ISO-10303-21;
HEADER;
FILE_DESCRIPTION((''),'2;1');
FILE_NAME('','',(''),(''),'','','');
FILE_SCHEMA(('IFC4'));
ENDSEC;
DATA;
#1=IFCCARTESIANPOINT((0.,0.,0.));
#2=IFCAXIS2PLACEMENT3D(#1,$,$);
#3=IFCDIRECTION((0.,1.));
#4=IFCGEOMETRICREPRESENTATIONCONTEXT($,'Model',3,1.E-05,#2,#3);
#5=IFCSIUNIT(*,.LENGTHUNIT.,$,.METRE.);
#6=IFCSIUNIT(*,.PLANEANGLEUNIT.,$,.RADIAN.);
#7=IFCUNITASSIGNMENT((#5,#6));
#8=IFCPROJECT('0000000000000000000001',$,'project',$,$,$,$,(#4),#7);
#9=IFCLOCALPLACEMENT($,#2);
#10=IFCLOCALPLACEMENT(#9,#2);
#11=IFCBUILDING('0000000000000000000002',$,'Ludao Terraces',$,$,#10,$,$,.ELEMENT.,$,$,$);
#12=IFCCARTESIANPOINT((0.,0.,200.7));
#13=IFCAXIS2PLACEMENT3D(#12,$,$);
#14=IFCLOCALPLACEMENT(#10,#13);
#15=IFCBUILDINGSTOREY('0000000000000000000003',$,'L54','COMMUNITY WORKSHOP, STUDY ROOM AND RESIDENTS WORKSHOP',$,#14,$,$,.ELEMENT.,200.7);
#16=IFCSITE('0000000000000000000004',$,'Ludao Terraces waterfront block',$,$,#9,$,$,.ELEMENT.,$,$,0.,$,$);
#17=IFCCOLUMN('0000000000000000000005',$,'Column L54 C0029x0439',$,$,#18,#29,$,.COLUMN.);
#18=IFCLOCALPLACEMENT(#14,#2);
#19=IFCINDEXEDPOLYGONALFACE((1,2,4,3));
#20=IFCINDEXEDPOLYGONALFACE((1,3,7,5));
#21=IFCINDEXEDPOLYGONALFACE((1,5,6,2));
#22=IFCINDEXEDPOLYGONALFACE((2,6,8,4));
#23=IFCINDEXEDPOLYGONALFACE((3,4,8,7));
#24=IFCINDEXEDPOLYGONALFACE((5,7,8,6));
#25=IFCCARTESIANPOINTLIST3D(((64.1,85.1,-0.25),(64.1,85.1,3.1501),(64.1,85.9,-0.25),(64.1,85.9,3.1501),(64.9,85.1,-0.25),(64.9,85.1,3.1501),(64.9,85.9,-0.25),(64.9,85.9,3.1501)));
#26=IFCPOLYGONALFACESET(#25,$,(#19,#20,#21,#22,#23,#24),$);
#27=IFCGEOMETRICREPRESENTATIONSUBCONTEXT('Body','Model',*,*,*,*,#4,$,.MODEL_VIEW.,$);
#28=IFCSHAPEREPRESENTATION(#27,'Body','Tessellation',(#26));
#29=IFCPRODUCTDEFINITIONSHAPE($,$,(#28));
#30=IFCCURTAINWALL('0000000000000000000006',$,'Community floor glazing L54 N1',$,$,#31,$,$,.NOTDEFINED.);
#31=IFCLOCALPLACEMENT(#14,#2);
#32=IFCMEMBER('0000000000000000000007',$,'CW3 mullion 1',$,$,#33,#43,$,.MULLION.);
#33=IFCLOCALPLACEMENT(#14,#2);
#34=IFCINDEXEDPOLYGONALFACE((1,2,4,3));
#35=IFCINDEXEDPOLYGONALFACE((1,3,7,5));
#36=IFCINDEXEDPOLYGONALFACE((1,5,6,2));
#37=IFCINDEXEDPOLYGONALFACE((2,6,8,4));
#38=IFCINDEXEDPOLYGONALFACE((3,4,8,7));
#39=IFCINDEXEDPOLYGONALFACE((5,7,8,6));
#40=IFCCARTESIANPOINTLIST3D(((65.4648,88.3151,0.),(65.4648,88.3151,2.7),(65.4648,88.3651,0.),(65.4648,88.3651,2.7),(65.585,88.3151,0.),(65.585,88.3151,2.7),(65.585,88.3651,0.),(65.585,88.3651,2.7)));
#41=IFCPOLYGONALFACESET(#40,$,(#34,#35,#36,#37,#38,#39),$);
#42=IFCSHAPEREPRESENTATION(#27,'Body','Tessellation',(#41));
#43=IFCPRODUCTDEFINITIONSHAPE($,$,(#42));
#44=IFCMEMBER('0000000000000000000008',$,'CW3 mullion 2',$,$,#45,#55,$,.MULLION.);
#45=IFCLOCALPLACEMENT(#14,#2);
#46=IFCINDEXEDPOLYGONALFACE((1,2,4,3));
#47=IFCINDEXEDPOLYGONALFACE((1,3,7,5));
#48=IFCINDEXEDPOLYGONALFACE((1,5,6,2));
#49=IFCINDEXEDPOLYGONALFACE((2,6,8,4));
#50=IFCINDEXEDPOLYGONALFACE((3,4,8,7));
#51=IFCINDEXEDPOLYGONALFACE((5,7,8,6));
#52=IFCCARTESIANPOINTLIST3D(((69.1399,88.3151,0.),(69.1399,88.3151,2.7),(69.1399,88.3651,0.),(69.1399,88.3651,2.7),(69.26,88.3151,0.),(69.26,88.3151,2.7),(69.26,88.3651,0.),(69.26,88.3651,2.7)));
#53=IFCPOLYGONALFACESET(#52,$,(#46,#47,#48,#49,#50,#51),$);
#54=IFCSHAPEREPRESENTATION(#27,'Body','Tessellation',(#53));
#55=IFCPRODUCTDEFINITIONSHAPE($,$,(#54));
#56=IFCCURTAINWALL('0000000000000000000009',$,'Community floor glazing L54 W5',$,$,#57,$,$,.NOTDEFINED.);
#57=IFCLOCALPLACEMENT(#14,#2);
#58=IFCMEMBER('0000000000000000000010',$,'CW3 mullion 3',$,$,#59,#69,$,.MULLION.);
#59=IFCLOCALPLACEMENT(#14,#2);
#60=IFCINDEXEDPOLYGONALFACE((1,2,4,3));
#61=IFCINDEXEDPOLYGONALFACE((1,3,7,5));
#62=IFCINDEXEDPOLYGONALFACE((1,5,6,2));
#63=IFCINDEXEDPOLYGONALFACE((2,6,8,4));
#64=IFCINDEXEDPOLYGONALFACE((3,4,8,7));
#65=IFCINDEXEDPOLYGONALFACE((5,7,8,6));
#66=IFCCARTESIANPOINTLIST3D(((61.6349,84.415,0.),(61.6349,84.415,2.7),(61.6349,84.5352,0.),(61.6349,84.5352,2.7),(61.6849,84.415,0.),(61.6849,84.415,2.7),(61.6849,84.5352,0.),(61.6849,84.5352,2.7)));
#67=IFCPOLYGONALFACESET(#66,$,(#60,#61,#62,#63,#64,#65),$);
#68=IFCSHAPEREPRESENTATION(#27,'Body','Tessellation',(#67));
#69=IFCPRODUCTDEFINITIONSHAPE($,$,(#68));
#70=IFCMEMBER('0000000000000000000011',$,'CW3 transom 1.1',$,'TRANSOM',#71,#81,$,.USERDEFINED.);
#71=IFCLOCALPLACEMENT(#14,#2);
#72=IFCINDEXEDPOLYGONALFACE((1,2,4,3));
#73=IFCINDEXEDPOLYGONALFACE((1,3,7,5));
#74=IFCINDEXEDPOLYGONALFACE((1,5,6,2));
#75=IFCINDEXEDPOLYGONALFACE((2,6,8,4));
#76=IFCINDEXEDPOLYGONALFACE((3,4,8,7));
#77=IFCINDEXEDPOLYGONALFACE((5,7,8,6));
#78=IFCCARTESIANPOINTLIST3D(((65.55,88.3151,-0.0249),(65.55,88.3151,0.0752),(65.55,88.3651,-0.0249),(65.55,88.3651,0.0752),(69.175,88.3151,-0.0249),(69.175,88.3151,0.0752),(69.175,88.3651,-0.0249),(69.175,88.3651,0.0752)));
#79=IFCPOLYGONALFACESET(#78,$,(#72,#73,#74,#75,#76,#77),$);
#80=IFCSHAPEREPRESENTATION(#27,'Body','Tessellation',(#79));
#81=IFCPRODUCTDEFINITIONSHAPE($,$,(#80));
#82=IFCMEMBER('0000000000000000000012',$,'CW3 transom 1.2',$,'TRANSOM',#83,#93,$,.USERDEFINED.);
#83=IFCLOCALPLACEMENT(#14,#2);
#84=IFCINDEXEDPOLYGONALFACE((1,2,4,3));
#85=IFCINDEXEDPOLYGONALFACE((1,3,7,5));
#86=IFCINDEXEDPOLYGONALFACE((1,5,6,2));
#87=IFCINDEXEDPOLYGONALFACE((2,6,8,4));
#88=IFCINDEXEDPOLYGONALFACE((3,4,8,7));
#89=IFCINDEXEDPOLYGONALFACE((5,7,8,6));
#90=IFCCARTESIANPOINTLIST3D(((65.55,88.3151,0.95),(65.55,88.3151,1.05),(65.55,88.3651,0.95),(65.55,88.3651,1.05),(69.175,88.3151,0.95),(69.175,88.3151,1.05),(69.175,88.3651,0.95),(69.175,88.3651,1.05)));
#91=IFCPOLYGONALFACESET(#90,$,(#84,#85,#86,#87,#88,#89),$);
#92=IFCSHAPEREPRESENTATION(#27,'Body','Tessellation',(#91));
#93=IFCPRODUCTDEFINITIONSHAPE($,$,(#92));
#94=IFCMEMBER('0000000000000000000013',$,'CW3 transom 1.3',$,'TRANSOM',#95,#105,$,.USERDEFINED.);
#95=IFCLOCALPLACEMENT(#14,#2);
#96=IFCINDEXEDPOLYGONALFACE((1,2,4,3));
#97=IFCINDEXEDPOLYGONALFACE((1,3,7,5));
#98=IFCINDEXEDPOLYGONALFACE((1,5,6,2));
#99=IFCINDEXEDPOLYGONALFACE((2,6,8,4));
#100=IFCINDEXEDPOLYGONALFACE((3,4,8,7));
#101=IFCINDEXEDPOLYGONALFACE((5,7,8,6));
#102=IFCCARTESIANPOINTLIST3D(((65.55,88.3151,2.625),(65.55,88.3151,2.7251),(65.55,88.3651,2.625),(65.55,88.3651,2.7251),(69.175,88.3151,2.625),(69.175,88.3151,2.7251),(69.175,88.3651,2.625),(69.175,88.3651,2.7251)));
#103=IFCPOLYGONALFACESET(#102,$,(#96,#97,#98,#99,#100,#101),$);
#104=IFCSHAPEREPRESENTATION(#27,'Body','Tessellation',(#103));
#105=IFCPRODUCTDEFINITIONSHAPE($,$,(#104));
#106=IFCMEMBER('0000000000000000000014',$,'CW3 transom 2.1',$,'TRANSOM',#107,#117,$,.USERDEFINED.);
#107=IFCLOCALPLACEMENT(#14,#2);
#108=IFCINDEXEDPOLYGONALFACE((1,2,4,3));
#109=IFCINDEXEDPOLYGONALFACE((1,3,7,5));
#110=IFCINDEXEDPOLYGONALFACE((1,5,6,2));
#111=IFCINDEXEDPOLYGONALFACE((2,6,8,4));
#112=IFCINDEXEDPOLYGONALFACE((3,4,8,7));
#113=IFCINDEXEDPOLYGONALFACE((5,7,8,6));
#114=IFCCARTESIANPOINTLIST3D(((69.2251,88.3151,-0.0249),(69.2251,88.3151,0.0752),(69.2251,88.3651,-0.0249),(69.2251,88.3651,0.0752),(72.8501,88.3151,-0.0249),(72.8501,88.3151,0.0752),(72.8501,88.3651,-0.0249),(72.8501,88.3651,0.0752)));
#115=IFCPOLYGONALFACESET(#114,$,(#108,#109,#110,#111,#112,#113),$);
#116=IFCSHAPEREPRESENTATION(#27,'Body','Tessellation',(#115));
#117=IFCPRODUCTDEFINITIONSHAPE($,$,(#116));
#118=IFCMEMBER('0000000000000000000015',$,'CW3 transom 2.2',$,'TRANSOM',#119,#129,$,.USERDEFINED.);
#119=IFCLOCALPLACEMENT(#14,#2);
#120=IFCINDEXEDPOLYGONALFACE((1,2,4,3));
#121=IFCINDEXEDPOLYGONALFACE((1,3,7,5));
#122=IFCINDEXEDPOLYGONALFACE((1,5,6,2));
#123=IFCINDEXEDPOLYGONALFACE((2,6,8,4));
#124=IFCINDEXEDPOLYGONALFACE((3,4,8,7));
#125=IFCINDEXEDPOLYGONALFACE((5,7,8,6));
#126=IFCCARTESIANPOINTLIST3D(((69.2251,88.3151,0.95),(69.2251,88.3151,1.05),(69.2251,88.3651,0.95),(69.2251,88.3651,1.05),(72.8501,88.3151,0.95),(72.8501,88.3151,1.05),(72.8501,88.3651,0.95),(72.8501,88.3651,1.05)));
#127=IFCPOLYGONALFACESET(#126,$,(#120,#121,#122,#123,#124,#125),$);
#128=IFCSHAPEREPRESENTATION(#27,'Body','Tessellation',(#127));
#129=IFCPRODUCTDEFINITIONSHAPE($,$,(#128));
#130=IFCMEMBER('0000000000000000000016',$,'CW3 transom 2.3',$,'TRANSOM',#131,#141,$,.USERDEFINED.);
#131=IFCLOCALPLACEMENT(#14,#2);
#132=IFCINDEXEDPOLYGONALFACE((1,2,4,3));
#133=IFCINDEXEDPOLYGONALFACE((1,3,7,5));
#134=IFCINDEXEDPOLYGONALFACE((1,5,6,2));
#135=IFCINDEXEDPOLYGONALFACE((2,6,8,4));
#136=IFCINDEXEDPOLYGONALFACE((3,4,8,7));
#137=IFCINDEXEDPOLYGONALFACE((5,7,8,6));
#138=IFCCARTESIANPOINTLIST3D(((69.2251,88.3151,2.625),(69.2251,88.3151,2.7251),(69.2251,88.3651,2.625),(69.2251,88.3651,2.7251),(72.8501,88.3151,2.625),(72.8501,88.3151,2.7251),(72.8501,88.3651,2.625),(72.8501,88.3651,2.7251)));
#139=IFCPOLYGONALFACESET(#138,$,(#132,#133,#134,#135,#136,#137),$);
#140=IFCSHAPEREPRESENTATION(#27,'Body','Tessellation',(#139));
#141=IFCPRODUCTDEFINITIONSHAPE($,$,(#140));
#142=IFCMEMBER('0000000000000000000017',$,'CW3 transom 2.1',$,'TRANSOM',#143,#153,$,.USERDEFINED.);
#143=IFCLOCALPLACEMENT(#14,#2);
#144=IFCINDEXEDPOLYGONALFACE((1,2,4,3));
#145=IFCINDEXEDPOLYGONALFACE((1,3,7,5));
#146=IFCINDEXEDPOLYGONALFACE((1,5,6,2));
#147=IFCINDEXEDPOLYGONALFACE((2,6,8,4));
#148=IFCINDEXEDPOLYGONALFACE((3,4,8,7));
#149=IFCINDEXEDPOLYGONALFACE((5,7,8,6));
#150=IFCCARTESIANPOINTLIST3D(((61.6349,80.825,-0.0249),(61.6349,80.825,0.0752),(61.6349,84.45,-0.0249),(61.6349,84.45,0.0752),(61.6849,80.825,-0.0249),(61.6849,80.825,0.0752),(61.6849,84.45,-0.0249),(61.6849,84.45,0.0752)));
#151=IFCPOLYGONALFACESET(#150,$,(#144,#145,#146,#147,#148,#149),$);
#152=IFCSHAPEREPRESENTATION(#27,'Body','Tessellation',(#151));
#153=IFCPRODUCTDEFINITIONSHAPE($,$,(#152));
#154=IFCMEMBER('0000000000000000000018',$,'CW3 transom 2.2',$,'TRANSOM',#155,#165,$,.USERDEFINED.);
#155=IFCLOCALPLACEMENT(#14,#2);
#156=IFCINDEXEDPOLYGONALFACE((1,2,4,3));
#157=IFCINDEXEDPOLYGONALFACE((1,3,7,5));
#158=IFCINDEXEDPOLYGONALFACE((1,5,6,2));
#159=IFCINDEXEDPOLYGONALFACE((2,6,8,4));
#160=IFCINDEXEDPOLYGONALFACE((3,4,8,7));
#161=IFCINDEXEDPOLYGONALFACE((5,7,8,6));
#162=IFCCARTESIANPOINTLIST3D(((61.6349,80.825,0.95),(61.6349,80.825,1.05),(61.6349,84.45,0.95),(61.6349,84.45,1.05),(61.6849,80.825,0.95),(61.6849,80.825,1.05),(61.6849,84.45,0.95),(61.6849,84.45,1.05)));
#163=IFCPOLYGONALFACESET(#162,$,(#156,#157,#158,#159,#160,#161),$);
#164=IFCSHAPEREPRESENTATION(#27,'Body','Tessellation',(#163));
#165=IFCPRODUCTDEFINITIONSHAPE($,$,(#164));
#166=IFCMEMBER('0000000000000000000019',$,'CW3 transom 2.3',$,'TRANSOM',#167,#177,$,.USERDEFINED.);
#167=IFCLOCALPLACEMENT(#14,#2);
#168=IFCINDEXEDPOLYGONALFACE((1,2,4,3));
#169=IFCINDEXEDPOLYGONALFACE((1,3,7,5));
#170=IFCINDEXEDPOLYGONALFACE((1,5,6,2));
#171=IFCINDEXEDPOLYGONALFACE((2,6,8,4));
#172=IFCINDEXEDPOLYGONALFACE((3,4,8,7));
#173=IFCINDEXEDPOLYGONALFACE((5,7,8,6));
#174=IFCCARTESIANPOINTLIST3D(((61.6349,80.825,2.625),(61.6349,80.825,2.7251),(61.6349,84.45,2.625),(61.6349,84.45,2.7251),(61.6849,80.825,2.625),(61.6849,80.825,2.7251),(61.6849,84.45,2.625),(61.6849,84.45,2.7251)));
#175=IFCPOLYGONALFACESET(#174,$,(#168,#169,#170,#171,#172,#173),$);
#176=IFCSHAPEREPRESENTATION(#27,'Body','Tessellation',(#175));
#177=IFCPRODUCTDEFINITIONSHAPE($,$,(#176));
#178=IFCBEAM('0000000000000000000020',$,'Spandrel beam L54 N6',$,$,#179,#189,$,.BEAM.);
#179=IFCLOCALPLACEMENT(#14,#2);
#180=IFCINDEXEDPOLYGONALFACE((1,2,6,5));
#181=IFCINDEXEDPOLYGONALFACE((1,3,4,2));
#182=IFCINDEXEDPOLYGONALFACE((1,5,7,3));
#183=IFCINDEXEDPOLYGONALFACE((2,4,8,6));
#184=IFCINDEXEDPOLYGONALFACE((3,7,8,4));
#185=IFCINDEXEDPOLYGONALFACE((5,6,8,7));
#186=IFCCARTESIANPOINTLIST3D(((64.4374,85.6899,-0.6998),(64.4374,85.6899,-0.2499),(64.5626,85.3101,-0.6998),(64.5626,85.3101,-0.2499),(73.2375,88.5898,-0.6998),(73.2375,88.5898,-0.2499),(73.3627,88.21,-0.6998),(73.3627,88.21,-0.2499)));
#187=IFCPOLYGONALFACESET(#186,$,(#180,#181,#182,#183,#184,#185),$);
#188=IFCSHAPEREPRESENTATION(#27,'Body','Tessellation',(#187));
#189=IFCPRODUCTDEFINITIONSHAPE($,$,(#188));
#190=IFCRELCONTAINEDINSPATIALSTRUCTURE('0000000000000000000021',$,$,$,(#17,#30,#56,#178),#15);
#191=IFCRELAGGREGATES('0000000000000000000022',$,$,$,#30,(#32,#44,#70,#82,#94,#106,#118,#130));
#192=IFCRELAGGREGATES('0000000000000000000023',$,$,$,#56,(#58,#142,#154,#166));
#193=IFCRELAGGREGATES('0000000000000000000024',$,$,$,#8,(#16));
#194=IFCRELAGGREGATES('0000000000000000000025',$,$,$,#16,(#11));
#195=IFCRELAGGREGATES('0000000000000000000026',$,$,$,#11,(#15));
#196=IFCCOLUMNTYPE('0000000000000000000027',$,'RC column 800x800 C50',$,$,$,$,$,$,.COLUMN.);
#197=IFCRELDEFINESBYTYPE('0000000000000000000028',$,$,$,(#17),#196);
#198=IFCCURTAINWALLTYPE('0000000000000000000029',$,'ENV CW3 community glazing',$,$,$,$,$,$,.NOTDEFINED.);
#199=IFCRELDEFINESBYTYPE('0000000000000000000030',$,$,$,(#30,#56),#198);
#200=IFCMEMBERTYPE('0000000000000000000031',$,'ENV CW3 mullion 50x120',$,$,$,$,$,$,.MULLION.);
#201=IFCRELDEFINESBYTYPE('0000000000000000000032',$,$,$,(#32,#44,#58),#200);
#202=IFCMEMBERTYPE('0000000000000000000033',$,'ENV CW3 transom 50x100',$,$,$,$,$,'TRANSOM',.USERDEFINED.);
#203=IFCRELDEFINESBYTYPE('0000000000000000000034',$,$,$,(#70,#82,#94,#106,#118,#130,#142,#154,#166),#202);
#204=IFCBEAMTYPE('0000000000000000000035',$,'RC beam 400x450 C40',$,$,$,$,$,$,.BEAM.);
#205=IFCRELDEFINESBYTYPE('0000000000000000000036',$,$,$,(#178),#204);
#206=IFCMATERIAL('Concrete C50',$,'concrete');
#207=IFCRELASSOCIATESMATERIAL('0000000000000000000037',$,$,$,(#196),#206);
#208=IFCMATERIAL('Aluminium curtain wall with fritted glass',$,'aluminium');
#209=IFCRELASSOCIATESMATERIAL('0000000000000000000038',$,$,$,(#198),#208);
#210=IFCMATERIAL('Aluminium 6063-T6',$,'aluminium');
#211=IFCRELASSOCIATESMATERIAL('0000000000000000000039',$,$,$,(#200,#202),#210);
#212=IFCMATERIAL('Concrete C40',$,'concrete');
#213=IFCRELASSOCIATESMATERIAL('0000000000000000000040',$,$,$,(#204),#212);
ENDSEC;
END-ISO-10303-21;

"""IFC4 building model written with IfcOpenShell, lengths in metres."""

from ifc_helpers import new_model, si_unit, direction, frame, origin, origin_2d, place, context, subcontext, project, spatial, rectangle, extrude, material, material_profile, profile_set, type_object, element, aggregate, save


model = new_model("IFC4")

# Units and contexts
model_context = context("Model", 3, precision=1e-05, world=origin(), true_north=direction((0.0, 1.0)))
body_context = subcontext(model_context, "Body", "Model", "MODEL_VIEW")
ifc_project = project(units=[si_unit("LENGTHUNIT", "METRE"), si_unit("PLANEANGLEUNIT", "RADIAN")], contexts=[model_context])

# Site, building, storey
site_placement = place(None, origin())
site = spatial("IfcSite", under=ifc_project, at=site_placement, Name="Ludao Terraces waterfront block", CompositionType="ELEMENT", RefElevation=0.0)
building_placement = place(site_placement, origin())
building = spatial("IfcBuilding", under=site, at=building_placement, Name="Ludao Terraces", CompositionType="ELEMENT")
storey_placement = place(building_placement, frame((0.0, 0.0, 200.7)))
storey = spatial("IfcBuildingStorey", under=building, at=storey_placement, Name="L54", Description="COMMUNITY WORKSHOP, STUDY ROOM AND RESIDENTS WORKSHOP", CompositionType="ELEMENT", Elevation=200.7)

# Column
ifc_material_1 = material(Name="Concrete C50", Category="concrete")
ifc_material_profile_1 = material_profile(ifc_material_1, rectangle(XDim=0.8, YDim=0.8, at=origin_2d()), Name="800 X 800")
ifc_profile_set_1 = profile_set([ifc_material_profile_1], Name="Concrete C50")
column_type = type_object("IfcColumnType", Name="RC column 800x800 C50", PredefinedType="COLUMN", material=ifc_profile_set_1)
column_placement = place(storey_placement, frame((64.5, 85.5, -0.25), z_axis=(0.0, 0.0, 1.0), x_axis=(1.0, 0.0, 0.0)))
element("IfcColumn", 1, at=column_placement, inside=storey, type_object=column_type, Name="Column L54 C0029x0439", PredefinedType="COLUMN", context=body_context, shape_type="SweptSolid", body=[
    extrude(rectangle(XDim=0.8, YDim=0.8, at=origin_2d()), origin(), (0.0, 0.0, 1.0), 3.4001),
])

# Curtain wall, members
ifc_material_2 = material(Name="Aluminium curtain wall with fritted glass", Category="aluminium")
curtain_wall_type = type_object("IfcCurtainWallType", Name="ENV CW3 community glazing", PredefinedType="NOTDEFINED", material=ifc_material_2)
curtain_wall_1_placement = place(storey_placement, origin())
curtain_wall_1 = element("IfcCurtainWall", 2, at=curtain_wall_1_placement, inside=storey, type_object=curtain_wall_type, Name="Community floor glazing L54 N1", PredefinedType="NOTDEFINED")
ifc_material_3 = material(Name="Aluminium 6063-T6", Category="aluminium")
ifc_material_profile_2 = material_profile(ifc_material_3, rectangle(XDim=0.05, YDim=0.1201, at=origin_2d()), Name="50 X 120")
ifc_profile_set_2 = profile_set([ifc_material_profile_2], Name="Aluminium 6063-T6")
member_type_1 = type_object("IfcMemberType", Name="ENV CW3 mullion 50x120", PredefinedType="MULLION", material=ifc_profile_set_2)
member_1_placement = place(storey_placement, frame((65.5249, 88.3401, 0.0), z_axis=(0.0, 0.0, 1.0), x_axis=(0.0, 1.0, 0.0)))
member_1 = element("IfcMember", 3, at=member_1_placement, type_object=member_type_1, Name="CW3 mullion 1", PredefinedType="MULLION", context=body_context, shape_type="SweptSolid", body=[
    extrude(rectangle(XDim=0.05, YDim=0.1201, at=origin_2d()), origin(), (0.0, 0.0, 1.0), 2.7),
])
member_2_placement = place(storey_placement, frame((69.2, 88.3401, 0.0), z_axis=(0.0, 0.0, 1.0), x_axis=(0.0, 1.0, 0.0)))
member_2 = element("IfcMember", 4, at=member_2_placement, type_object=member_type_1, Name="CW3 mullion 2", PredefinedType="MULLION", context=body_context, shape_type="SweptSolid", body=[
    extrude(rectangle(XDim=0.05, YDim=0.1201, at=origin_2d()), origin(), (0.0, 0.0, 1.0), 2.7),
])

# Curtain wall, member
curtain_wall_2_placement = place(storey_placement, origin())
curtain_wall_2 = element("IfcCurtainWall", 5, at=curtain_wall_2_placement, inside=storey, type_object=curtain_wall_type, Name="Community floor glazing L54 W5", PredefinedType="NOTDEFINED")
member_3_placement = place(storey_placement, frame((61.6599, 84.4751, 0.0), z_axis=(0.0, 0.0, 1.0), x_axis=(-1.0, 0.0, 0.0)))
member_3 = element("IfcMember", 6, at=member_3_placement, type_object=member_type_1, Name="CW3 mullion 3", PredefinedType="MULLION", context=body_context, shape_type="SweptSolid", body=[
    extrude(rectangle(XDim=0.05, YDim=0.1201, at=origin_2d()), origin(), (0.0, 0.0, 1.0), 2.7),
])

# Members
ifc_material_profile_3 = material_profile(ifc_material_3, rectangle(XDim=0.05, YDim=0.1001, at=origin_2d()), Name="50 X 100")
ifc_profile_set_3 = profile_set([ifc_material_profile_3], Name="Aluminium 6063-T6")
member_type_2 = type_object("IfcMemberType", Name="ENV CW3 transom 50x100", ElementType="TRANSOM", PredefinedType="USERDEFINED", material=ifc_profile_set_3)
member_4_placement = place(storey_placement, frame((65.55, 88.3401, 0.0251), z_axis=(1.0, 0.0, 0.0), x_axis=(0.0, 1.0, 0.0)))
member_4 = element("IfcMember", 7, at=member_4_placement, type_object=member_type_2, Name="CW3 transom 1.1", ObjectType="TRANSOM", PredefinedType="USERDEFINED", context=body_context, shape_type="SweptSolid", body=[
    extrude(rectangle(XDim=0.05, YDim=0.1001, at=origin_2d()), origin(), (0.0, 0.0, 1.0), 3.625),
])
member_5_placement = place(storey_placement, frame((65.55, 88.3401, 1.0), z_axis=(1.0, 0.0, 0.0), x_axis=(0.0, 1.0, 0.0)))
member_5 = element("IfcMember", 8, at=member_5_placement, type_object=member_type_2, Name="CW3 transom 1.2", ObjectType="TRANSOM", PredefinedType="USERDEFINED", context=body_context, shape_type="SweptSolid", body=[
    extrude(rectangle(XDim=0.05, YDim=0.1001, at=origin_2d()), origin(), (0.0, 0.0, 1.0), 3.625),
])
member_6_placement = place(storey_placement, frame((65.55, 88.3401, 2.675), z_axis=(1.0, 0.0, 0.0), x_axis=(0.0, 1.0, 0.0)))
member_6 = element("IfcMember", 9, at=member_6_placement, type_object=member_type_2, Name="CW3 transom 1.3", ObjectType="TRANSOM", PredefinedType="USERDEFINED", context=body_context, shape_type="SweptSolid", body=[
    extrude(rectangle(XDim=0.05, YDim=0.1001, at=origin_2d()), origin(), (0.0, 0.0, 1.0), 3.625),
])
member_7_placement = place(storey_placement, frame((69.2251, 88.3401, 0.0251), z_axis=(1.0, 0.0, 0.0), x_axis=(0.0, 1.0, 0.0)))
member_7 = element("IfcMember", 10, at=member_7_placement, type_object=member_type_2, Name="CW3 transom 2.1", ObjectType="TRANSOM", PredefinedType="USERDEFINED", context=body_context, shape_type="SweptSolid", body=[
    extrude(rectangle(XDim=0.05, YDim=0.1001, at=origin_2d()), origin(), (0.0, 0.0, 1.0), 3.625),
])
member_8_placement = place(storey_placement, frame((69.2251, 88.3401, 1.0), z_axis=(1.0, 0.0, 0.0), x_axis=(0.0, 1.0, 0.0)))
member_8 = element("IfcMember", 11, at=member_8_placement, type_object=member_type_2, Name="CW3 transom 2.2", ObjectType="TRANSOM", PredefinedType="USERDEFINED", context=body_context, shape_type="SweptSolid", body=[
    extrude(rectangle(XDim=0.05, YDim=0.1001, at=origin_2d()), origin(), (0.0, 0.0, 1.0), 3.625),
])
member_9_placement = place(storey_placement, frame((69.2251, 88.3401, 2.675), z_axis=(1.0, 0.0, 0.0), x_axis=(0.0, 1.0, 0.0)))
member_9 = element("IfcMember", 12, at=member_9_placement, type_object=member_type_2, Name="CW3 transom 2.3", ObjectType="TRANSOM", PredefinedType="USERDEFINED", context=body_context, shape_type="SweptSolid", body=[
    extrude(rectangle(XDim=0.05, YDim=0.1001, at=origin_2d()), origin(), (0.0, 0.0, 1.0), 3.625),
])
member_10_placement = place(storey_placement, frame((61.6599, 80.825, 0.0251), z_axis=(0.0, 1.0, 0.0), x_axis=(-1.0, 0.0, 0.0)))
member_10 = element("IfcMember", 13, at=member_10_placement, type_object=member_type_2, Name="CW3 transom 2.1", ObjectType="TRANSOM", PredefinedType="USERDEFINED", context=body_context, shape_type="SweptSolid", body=[
    extrude(rectangle(XDim=0.05, YDim=0.1001, at=origin_2d()), origin(), (0.0, 0.0, 1.0), 3.625),
])
member_11_placement = place(storey_placement, frame((61.6599, 80.825, 1.0), z_axis=(0.0, 1.0, 0.0), x_axis=(-1.0, 0.0, 0.0)))
member_11 = element("IfcMember", 14, at=member_11_placement, type_object=member_type_2, Name="CW3 transom 2.2", ObjectType="TRANSOM", PredefinedType="USERDEFINED", context=body_context, shape_type="SweptSolid", body=[
    extrude(rectangle(XDim=0.05, YDim=0.1001, at=origin_2d()), origin(), (0.0, 0.0, 1.0), 3.625),
])
member_12_placement = place(storey_placement, frame((61.6599, 80.825, 2.675), z_axis=(0.0, 1.0, 0.0), x_axis=(-1.0, 0.0, 0.0)))
member_12 = element("IfcMember", 15, at=member_12_placement, type_object=member_type_2, Name="CW3 transom 2.3", ObjectType="TRANSOM", PredefinedType="USERDEFINED", context=body_context, shape_type="SweptSolid", body=[
    extrude(rectangle(XDim=0.05, YDim=0.1001, at=origin_2d()), origin(), (0.0, 0.0, 1.0), 3.625),
])

# Beam
ifc_material_4 = material(Name="Concrete C40", Category="concrete")
ifc_material_profile_4 = material_profile(ifc_material_4, rectangle(XDim=0.3999, YDim=0.45, at=origin_2d()), Name="400 X 450")
ifc_profile_set_4 = profile_set([ifc_material_profile_4], Name="Concrete C40")
beam_type = type_object("IfcBeamType", Name="RC beam 400x450 C40", PredefinedType="BEAM", material=ifc_profile_set_4)
beam_placement = place(storey_placement, frame((64.5, 85.5, -0.4749), z_axis=(0.949761, 0.312977, 0.0), x_axis=(-0.312977, 0.949761, 0.0)))
element("IfcBeam", 16, at=beam_placement, inside=storey, type_object=beam_type, Name="Spandrel beam L54 N6", PredefinedType="BEAM", context=body_context, shape_type="SweptSolid", body=[
    extrude(rectangle(XDim=0.3999, YDim=0.45, at=origin_2d()), origin(), (0.0, 0.0, 1.0), 9.2656),
])

aggregate(curtain_wall_1, [member_1, member_2, member_4, member_5, member_6, member_7, member_8, member_9])
aggregate(curtain_wall_2, [member_3, member_10, member_11, member_12])

save(model, "model.ifc")
